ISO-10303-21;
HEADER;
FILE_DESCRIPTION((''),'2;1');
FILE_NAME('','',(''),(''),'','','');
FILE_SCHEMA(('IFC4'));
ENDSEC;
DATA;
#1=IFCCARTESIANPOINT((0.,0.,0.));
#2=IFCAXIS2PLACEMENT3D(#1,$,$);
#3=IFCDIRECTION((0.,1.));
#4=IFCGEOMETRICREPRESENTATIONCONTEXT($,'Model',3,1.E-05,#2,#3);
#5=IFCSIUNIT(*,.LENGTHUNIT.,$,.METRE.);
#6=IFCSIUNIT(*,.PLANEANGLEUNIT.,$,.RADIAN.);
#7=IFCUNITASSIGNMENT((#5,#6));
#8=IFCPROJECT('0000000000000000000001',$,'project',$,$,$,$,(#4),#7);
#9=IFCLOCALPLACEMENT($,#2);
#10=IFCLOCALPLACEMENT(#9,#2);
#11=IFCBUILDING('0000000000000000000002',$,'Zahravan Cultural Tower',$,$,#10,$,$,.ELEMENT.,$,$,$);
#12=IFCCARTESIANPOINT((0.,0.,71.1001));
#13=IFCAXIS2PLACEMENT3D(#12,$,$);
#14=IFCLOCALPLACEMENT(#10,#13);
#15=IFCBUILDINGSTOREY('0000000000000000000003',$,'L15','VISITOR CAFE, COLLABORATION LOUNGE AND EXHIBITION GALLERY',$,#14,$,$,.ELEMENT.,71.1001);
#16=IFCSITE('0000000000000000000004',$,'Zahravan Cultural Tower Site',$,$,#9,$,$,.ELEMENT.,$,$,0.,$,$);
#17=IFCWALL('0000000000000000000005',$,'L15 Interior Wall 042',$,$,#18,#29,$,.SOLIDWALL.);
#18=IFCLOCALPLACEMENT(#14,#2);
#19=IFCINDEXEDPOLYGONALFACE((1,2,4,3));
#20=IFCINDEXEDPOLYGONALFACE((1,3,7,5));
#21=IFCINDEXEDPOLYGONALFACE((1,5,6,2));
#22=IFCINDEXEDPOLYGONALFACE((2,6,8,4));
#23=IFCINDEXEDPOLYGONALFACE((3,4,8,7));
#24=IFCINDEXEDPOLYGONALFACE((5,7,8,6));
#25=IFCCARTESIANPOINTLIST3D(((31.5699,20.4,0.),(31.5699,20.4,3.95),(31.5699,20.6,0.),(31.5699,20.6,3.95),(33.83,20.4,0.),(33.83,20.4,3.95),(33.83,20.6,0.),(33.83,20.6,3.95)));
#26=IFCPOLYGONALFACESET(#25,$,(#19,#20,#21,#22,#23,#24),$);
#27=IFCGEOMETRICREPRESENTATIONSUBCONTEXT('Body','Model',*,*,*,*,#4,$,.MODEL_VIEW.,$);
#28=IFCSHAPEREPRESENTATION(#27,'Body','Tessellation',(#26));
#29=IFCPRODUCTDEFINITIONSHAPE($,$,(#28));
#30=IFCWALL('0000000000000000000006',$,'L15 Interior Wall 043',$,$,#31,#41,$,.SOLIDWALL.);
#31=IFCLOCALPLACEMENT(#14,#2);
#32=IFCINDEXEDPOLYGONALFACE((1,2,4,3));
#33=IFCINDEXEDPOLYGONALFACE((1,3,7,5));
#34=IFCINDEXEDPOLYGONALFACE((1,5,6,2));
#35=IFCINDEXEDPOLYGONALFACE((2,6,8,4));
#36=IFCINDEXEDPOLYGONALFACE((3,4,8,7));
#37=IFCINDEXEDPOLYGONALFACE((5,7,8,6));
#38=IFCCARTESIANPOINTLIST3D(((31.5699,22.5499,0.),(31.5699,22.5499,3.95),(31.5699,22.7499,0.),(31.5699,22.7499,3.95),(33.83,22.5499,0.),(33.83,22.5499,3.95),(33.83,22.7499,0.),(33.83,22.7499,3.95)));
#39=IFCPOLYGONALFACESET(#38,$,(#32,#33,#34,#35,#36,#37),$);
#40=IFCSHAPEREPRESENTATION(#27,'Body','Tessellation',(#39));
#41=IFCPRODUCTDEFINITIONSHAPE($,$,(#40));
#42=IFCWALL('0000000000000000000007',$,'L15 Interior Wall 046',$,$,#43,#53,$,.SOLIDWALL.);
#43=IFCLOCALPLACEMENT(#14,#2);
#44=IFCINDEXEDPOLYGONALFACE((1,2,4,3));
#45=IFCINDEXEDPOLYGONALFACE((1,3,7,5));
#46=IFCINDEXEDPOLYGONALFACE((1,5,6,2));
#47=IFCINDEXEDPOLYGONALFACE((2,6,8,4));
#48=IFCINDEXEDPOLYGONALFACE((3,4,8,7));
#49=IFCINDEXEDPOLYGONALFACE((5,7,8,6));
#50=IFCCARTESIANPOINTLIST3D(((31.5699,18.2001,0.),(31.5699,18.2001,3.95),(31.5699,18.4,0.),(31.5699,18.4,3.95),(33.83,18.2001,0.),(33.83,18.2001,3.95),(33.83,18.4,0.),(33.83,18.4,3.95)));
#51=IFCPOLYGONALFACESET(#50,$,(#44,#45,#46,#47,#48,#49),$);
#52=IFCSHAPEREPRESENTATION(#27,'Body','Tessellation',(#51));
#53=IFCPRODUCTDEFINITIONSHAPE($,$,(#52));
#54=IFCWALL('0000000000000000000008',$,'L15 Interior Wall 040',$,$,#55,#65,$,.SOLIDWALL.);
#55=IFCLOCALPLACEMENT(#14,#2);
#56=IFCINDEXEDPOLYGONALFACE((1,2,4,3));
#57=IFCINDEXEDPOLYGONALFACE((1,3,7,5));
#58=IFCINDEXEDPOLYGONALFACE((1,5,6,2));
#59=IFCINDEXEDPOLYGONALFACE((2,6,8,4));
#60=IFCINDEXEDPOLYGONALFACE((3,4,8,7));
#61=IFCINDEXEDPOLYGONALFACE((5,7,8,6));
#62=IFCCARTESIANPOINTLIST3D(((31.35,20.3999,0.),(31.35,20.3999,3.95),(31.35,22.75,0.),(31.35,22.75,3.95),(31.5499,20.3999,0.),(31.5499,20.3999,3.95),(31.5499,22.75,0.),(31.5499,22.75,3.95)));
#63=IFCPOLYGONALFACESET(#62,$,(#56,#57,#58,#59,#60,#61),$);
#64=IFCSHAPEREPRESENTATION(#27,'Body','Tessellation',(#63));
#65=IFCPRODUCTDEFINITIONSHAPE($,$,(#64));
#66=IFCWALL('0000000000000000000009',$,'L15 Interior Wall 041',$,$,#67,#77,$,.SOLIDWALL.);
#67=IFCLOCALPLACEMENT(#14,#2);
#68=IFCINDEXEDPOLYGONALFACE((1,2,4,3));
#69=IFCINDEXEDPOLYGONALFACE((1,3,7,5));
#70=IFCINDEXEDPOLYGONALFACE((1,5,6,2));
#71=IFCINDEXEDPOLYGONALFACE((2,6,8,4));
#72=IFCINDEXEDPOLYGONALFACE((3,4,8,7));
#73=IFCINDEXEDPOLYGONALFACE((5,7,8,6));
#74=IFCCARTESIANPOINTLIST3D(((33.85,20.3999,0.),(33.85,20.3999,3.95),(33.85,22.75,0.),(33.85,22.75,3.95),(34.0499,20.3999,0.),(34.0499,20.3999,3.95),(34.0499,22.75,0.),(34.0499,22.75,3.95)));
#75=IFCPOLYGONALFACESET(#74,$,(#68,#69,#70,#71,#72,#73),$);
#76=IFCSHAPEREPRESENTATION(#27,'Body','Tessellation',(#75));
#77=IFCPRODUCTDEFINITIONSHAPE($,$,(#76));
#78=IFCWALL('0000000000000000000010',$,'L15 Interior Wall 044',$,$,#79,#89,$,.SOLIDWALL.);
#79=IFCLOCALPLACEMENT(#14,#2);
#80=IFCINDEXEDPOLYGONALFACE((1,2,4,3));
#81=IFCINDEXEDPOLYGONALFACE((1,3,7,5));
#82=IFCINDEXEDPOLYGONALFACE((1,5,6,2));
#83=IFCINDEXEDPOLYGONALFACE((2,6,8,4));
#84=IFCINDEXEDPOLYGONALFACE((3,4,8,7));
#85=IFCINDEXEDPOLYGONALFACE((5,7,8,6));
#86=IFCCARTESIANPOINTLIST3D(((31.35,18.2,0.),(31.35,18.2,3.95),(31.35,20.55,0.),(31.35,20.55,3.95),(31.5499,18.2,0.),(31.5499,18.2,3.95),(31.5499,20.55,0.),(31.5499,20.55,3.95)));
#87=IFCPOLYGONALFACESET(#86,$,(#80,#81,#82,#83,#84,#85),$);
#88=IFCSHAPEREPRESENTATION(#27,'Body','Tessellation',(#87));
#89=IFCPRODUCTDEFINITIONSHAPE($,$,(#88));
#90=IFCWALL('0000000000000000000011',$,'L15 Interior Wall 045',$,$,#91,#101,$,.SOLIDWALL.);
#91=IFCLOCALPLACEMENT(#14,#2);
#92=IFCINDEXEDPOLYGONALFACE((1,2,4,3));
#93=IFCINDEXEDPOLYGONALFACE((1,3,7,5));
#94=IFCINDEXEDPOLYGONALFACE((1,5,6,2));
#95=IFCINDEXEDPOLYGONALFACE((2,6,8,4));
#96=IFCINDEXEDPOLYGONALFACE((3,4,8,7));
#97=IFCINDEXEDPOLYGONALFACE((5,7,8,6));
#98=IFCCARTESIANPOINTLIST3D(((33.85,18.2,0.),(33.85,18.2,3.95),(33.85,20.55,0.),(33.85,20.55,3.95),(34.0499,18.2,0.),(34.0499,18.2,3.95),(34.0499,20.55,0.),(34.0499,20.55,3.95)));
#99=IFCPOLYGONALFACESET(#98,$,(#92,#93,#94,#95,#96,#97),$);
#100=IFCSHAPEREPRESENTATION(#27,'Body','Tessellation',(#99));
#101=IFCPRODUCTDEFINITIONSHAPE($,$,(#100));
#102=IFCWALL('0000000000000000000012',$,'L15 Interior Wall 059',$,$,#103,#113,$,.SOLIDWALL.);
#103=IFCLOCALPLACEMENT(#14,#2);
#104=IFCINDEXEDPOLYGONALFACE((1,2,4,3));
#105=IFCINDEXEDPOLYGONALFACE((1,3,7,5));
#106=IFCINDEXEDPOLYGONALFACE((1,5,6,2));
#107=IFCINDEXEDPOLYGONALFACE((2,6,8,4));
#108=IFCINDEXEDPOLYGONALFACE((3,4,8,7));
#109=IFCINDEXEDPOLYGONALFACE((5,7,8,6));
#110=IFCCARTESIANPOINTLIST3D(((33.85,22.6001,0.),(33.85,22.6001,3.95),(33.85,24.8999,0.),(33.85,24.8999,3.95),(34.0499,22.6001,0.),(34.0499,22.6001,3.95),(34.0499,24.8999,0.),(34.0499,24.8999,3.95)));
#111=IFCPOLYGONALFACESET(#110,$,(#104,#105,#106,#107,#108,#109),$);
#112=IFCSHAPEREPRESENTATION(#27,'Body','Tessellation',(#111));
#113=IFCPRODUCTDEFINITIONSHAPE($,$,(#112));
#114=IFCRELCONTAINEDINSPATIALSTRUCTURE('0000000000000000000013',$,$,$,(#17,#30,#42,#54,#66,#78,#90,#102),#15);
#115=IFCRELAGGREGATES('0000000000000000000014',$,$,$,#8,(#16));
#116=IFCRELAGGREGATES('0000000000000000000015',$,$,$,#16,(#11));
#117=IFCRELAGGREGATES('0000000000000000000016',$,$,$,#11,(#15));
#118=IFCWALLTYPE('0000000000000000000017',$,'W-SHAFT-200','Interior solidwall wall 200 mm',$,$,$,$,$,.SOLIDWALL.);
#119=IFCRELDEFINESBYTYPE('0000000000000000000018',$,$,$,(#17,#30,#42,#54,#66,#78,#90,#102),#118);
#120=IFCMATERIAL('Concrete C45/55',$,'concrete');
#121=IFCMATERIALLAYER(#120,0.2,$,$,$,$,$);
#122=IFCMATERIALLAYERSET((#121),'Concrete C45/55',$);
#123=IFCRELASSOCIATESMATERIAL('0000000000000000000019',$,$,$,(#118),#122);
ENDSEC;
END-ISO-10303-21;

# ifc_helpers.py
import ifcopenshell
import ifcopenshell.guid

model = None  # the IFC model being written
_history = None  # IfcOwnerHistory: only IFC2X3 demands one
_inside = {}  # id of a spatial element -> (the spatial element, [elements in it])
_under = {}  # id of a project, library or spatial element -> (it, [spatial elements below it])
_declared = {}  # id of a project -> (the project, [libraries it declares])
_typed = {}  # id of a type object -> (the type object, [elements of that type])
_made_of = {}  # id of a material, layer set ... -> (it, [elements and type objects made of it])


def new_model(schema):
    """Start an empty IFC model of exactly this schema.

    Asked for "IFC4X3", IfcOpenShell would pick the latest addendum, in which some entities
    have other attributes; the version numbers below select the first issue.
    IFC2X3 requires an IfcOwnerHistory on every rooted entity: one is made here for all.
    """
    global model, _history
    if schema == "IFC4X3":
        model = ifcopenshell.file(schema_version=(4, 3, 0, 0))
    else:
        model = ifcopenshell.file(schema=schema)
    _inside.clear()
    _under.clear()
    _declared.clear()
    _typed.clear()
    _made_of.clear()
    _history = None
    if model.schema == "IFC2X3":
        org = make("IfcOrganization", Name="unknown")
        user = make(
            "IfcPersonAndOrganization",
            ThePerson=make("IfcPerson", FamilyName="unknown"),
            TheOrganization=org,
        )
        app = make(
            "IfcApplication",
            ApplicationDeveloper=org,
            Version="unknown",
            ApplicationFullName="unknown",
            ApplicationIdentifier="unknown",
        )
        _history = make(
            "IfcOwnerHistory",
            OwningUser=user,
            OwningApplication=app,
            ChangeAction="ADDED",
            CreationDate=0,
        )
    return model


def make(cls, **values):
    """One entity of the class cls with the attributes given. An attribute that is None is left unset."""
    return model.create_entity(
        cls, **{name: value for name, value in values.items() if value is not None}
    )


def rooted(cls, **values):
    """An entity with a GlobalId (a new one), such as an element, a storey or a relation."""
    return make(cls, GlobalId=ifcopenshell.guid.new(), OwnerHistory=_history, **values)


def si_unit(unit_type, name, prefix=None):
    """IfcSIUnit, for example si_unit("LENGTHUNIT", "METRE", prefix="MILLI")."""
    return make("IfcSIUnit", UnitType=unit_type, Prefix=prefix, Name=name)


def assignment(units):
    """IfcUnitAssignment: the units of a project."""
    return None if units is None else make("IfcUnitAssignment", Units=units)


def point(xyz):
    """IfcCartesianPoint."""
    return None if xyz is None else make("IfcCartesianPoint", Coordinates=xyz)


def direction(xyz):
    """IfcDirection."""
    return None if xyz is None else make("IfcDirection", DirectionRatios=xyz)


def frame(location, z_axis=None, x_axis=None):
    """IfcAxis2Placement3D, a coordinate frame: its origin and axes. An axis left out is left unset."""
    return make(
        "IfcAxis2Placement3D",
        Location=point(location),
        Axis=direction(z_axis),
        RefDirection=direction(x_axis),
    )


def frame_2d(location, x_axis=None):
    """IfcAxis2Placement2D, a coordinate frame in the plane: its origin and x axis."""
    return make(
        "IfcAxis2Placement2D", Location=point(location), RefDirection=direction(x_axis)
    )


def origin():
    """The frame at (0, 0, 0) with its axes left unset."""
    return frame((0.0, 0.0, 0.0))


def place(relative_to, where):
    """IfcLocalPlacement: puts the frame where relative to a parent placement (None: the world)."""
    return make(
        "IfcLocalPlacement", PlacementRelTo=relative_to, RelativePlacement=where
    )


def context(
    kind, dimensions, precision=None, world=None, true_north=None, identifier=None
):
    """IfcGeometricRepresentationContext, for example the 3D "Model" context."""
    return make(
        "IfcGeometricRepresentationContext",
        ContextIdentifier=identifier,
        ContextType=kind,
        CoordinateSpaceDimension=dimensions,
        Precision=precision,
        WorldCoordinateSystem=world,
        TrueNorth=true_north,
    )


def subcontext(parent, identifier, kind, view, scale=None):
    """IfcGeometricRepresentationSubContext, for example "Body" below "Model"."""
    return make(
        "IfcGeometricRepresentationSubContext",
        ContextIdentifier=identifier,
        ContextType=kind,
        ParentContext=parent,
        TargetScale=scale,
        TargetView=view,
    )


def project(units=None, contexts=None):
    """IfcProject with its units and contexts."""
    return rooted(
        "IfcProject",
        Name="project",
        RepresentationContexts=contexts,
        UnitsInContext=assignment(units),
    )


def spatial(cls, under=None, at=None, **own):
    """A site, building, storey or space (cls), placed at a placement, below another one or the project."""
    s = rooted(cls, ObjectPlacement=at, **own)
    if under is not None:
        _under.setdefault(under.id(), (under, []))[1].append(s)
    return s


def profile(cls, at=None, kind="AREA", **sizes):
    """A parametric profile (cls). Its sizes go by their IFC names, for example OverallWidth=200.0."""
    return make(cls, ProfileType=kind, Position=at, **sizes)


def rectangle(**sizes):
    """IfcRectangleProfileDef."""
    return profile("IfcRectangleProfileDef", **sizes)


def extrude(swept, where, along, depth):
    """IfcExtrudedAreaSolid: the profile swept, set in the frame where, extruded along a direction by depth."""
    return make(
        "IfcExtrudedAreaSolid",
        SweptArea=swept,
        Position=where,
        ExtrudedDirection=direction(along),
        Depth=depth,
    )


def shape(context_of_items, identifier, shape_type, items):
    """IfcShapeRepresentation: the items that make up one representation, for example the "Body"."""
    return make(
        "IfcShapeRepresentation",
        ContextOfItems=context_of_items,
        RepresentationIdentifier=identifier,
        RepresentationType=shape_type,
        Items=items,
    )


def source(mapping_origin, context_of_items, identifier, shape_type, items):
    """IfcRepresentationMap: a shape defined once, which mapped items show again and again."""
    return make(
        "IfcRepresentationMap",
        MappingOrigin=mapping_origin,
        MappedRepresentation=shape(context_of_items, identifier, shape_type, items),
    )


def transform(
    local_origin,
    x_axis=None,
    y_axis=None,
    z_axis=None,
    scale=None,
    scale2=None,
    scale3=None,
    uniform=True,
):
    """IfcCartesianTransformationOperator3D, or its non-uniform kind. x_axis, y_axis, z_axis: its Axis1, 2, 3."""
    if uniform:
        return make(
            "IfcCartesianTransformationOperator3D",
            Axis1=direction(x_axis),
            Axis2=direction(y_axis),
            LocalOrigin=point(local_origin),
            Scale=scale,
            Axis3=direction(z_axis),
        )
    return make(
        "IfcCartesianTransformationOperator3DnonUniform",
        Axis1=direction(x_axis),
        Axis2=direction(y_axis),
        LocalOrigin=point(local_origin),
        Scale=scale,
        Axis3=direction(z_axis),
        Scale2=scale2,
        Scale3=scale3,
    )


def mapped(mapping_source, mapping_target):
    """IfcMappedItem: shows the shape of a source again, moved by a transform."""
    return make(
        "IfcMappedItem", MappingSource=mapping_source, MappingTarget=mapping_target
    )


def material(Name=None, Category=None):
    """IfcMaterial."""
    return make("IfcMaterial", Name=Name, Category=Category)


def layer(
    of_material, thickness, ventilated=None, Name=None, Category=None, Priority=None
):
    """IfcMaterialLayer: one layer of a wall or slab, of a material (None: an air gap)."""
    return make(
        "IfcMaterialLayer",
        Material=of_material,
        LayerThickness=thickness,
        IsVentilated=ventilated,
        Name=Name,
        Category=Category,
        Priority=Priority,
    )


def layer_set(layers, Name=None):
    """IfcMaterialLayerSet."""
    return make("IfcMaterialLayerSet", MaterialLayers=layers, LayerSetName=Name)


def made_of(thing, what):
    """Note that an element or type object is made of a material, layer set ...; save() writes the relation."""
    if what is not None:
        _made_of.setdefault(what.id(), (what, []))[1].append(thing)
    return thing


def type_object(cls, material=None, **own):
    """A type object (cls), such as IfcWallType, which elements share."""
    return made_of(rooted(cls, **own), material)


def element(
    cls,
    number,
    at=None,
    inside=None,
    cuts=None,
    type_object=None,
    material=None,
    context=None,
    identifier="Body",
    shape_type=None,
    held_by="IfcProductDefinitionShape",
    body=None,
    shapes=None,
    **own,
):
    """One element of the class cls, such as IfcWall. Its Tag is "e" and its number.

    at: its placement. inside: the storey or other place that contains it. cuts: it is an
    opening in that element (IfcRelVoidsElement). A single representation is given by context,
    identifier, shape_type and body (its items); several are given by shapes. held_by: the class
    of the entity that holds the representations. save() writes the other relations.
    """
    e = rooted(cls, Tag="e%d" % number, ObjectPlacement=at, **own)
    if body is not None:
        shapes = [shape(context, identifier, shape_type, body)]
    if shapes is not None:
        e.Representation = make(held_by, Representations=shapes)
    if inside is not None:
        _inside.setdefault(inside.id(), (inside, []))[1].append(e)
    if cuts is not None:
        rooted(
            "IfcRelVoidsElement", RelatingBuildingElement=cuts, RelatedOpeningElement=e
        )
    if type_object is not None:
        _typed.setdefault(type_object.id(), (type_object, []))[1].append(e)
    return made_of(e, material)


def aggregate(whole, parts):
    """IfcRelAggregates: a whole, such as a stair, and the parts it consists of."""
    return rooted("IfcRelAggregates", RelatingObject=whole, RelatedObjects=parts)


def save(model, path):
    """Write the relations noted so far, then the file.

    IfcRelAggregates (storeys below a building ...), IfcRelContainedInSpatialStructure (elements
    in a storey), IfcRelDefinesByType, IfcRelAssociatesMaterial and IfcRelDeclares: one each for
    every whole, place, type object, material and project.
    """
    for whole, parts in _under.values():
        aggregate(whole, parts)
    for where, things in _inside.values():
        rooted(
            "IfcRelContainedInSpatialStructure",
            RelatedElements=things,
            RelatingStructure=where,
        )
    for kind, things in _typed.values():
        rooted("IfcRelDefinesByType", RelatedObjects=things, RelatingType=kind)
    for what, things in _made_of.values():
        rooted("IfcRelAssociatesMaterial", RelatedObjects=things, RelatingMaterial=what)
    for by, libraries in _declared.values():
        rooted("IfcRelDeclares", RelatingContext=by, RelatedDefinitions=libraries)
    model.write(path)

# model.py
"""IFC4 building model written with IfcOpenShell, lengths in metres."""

from ifc_helpers import new_model, si_unit, direction, frame, frame_2d, origin, place, context, subcontext, project, spatial, rectangle, extrude, source, transform, mapped, material, layer, layer_set, type_object, element, save


model = new_model("IFC4")

# Units and contexts
model_context = context("Model", 3, precision=1e-05, world=origin(), true_north=direction((0.0, 1.0)))
body_context = subcontext(model_context, "Body", "Model", "MODEL_VIEW")
ifc_project = project(units=[si_unit("LENGTHUNIT", "METRE"), si_unit("PLANEANGLEUNIT", "RADIAN")], contexts=[model_context])

# Site, building, storey
site_placement = place(None, origin())
site = spatial("IfcSite", under=ifc_project, at=site_placement, Name="Zahravan Cultural Tower Site", CompositionType="ELEMENT", RefElevation=0.0)
building_placement = place(site_placement, origin())
building = spatial("IfcBuilding", under=site, at=building_placement, Name="Zahravan Cultural Tower", CompositionType="ELEMENT")
storey_placement = place(building_placement, frame((0.0, 0.0, 71.1001)))
storey = spatial("IfcBuildingStorey", under=building, at=storey_placement, Name="L15", Description="VISITOR CAFE, COLLABORATION LOUNGE AND EXHIBITION GALLERY", CompositionType="ELEMENT", Elevation=71.1001)

# Shared definitions
ifc_material_1 = material(Name="Concrete C45/55", Category="concrete")
ifc_layer_1 = layer(ifc_material_1, 0.2)
ifc_layer_set_1 = layer_set([ifc_layer_1], Name="Concrete C45/55")
wall_type_1 = type_object("IfcWallType", Name="W-SHAFT-200", Description="Interior solidwall wall 200 mm", PredefinedType="SOLIDWALL", material=ifc_layer_set_1)

# Walls
shared_shape_1 = source(origin(), body_context, "Body", "SweptSolid", [
    extrude(rectangle(XDim=2.26, YDim=0.2, at=frame_2d((1.1299, 0.0))), origin(), (0.0, 0.0, 1.0), 3.95),
])
for number, where, z_axis, x_axis, name in (
    (1, (31.5701, 20.5, 0.0), (0.0, 0.0, 1.0), (1.0, 0.0, 0.0), "L15 Interior Wall 042"),
    (2, (31.5701, 22.6499, 0.0), (0.0, 0.0, 1.0), (1.0, 0.0, 0.0), "L15 Interior Wall 043"),
    (3, (31.5701, 18.3, 0.0), (0.0, 0.0, 1.0), (1.0, 0.0, 0.0), "L15 Interior Wall 046"),
):
    element("IfcWall", number, at=place(storey_placement, frame(where, z_axis=z_axis, x_axis=x_axis)), inside=storey, type_object=wall_type_1, Name=name, PredefinedType="SOLIDWALL", context=body_context, shape_type="MappedRepresentation", body=[
        mapped(shared_shape_1, transform((0.0, 0.0, 0.0), x_axis=(1.0, 0.0, 0.0), y_axis=(0.0, 1.0, 0.0), z_axis=(0.0, 0.0, 1.0), scale=1.0)),
    ])
shared_shape_2 = source(origin(), body_context, "Body", "SweptSolid", [
    extrude(rectangle(XDim=2.3501, YDim=0.2, at=frame_2d((1.175, 0.0))), origin(), (0.0, 0.0, 1.0), 3.95),
])
for number, where, z_axis, x_axis, name in (
    (4, (31.45, 20.3999, 0.0), (0.0, 0.0, 1.0), (0.0, 1.0, 0.0), "L15 Interior Wall 040"),
    (5, (33.95, 20.3999, 0.0), (0.0, 0.0, 1.0), (0.0, 1.0, 0.0), "L15 Interior Wall 041"),
    (6, (31.45, 18.2, 0.0), (0.0, 0.0, 1.0), (0.0, 1.0, 0.0), "L15 Interior Wall 044"),
    (7, (33.95, 18.2, 0.0), (0.0, 0.0, 1.0), (0.0, 1.0, 0.0), "L15 Interior Wall 045"),
):
    element("IfcWall", number, at=place(storey_placement, frame(where, z_axis=z_axis, x_axis=x_axis)), inside=storey, type_object=wall_type_1, Name=name, PredefinedType="SOLIDWALL", context=body_context, shape_type="MappedRepresentation", body=[
        mapped(shared_shape_2, transform((0.0, 0.0, 0.0), x_axis=(1.0, 0.0, 0.0), y_axis=(0.0, 1.0, 0.0), z_axis=(0.0, 0.0, 1.0), scale=1.0)),
    ])
shared_shape_3 = source(origin(), body_context, "Body", "SweptSolid", [
    extrude(rectangle(XDim=2.2998, YDim=0.2, at=frame_2d((1.1499, 0.0))), origin(), (0.0, 0.0, 1.0), 3.95),
])
wall_1_placement = place(storey_placement, frame((33.95, 22.6001, 0.0), z_axis=(0.0, 0.0, 1.0), x_axis=(0.0, 1.0, 0.0)))
element("IfcWall", 8, at=wall_1_placement, inside=storey, type_object=wall_type_1, Name="L15 Interior Wall 059", PredefinedType="SOLIDWALL", context=body_context, shape_type="MappedRepresentation", body=[
    mapped(shared_shape_3, transform((0.0, 0.0, 0.0), x_axis=(1.0, 0.0, 0.0), y_axis=(0.0, 1.0, 0.0), z_axis=(0.0, 0.0, 1.0), scale=1.0)),
])

save(model, "model.ifc")
